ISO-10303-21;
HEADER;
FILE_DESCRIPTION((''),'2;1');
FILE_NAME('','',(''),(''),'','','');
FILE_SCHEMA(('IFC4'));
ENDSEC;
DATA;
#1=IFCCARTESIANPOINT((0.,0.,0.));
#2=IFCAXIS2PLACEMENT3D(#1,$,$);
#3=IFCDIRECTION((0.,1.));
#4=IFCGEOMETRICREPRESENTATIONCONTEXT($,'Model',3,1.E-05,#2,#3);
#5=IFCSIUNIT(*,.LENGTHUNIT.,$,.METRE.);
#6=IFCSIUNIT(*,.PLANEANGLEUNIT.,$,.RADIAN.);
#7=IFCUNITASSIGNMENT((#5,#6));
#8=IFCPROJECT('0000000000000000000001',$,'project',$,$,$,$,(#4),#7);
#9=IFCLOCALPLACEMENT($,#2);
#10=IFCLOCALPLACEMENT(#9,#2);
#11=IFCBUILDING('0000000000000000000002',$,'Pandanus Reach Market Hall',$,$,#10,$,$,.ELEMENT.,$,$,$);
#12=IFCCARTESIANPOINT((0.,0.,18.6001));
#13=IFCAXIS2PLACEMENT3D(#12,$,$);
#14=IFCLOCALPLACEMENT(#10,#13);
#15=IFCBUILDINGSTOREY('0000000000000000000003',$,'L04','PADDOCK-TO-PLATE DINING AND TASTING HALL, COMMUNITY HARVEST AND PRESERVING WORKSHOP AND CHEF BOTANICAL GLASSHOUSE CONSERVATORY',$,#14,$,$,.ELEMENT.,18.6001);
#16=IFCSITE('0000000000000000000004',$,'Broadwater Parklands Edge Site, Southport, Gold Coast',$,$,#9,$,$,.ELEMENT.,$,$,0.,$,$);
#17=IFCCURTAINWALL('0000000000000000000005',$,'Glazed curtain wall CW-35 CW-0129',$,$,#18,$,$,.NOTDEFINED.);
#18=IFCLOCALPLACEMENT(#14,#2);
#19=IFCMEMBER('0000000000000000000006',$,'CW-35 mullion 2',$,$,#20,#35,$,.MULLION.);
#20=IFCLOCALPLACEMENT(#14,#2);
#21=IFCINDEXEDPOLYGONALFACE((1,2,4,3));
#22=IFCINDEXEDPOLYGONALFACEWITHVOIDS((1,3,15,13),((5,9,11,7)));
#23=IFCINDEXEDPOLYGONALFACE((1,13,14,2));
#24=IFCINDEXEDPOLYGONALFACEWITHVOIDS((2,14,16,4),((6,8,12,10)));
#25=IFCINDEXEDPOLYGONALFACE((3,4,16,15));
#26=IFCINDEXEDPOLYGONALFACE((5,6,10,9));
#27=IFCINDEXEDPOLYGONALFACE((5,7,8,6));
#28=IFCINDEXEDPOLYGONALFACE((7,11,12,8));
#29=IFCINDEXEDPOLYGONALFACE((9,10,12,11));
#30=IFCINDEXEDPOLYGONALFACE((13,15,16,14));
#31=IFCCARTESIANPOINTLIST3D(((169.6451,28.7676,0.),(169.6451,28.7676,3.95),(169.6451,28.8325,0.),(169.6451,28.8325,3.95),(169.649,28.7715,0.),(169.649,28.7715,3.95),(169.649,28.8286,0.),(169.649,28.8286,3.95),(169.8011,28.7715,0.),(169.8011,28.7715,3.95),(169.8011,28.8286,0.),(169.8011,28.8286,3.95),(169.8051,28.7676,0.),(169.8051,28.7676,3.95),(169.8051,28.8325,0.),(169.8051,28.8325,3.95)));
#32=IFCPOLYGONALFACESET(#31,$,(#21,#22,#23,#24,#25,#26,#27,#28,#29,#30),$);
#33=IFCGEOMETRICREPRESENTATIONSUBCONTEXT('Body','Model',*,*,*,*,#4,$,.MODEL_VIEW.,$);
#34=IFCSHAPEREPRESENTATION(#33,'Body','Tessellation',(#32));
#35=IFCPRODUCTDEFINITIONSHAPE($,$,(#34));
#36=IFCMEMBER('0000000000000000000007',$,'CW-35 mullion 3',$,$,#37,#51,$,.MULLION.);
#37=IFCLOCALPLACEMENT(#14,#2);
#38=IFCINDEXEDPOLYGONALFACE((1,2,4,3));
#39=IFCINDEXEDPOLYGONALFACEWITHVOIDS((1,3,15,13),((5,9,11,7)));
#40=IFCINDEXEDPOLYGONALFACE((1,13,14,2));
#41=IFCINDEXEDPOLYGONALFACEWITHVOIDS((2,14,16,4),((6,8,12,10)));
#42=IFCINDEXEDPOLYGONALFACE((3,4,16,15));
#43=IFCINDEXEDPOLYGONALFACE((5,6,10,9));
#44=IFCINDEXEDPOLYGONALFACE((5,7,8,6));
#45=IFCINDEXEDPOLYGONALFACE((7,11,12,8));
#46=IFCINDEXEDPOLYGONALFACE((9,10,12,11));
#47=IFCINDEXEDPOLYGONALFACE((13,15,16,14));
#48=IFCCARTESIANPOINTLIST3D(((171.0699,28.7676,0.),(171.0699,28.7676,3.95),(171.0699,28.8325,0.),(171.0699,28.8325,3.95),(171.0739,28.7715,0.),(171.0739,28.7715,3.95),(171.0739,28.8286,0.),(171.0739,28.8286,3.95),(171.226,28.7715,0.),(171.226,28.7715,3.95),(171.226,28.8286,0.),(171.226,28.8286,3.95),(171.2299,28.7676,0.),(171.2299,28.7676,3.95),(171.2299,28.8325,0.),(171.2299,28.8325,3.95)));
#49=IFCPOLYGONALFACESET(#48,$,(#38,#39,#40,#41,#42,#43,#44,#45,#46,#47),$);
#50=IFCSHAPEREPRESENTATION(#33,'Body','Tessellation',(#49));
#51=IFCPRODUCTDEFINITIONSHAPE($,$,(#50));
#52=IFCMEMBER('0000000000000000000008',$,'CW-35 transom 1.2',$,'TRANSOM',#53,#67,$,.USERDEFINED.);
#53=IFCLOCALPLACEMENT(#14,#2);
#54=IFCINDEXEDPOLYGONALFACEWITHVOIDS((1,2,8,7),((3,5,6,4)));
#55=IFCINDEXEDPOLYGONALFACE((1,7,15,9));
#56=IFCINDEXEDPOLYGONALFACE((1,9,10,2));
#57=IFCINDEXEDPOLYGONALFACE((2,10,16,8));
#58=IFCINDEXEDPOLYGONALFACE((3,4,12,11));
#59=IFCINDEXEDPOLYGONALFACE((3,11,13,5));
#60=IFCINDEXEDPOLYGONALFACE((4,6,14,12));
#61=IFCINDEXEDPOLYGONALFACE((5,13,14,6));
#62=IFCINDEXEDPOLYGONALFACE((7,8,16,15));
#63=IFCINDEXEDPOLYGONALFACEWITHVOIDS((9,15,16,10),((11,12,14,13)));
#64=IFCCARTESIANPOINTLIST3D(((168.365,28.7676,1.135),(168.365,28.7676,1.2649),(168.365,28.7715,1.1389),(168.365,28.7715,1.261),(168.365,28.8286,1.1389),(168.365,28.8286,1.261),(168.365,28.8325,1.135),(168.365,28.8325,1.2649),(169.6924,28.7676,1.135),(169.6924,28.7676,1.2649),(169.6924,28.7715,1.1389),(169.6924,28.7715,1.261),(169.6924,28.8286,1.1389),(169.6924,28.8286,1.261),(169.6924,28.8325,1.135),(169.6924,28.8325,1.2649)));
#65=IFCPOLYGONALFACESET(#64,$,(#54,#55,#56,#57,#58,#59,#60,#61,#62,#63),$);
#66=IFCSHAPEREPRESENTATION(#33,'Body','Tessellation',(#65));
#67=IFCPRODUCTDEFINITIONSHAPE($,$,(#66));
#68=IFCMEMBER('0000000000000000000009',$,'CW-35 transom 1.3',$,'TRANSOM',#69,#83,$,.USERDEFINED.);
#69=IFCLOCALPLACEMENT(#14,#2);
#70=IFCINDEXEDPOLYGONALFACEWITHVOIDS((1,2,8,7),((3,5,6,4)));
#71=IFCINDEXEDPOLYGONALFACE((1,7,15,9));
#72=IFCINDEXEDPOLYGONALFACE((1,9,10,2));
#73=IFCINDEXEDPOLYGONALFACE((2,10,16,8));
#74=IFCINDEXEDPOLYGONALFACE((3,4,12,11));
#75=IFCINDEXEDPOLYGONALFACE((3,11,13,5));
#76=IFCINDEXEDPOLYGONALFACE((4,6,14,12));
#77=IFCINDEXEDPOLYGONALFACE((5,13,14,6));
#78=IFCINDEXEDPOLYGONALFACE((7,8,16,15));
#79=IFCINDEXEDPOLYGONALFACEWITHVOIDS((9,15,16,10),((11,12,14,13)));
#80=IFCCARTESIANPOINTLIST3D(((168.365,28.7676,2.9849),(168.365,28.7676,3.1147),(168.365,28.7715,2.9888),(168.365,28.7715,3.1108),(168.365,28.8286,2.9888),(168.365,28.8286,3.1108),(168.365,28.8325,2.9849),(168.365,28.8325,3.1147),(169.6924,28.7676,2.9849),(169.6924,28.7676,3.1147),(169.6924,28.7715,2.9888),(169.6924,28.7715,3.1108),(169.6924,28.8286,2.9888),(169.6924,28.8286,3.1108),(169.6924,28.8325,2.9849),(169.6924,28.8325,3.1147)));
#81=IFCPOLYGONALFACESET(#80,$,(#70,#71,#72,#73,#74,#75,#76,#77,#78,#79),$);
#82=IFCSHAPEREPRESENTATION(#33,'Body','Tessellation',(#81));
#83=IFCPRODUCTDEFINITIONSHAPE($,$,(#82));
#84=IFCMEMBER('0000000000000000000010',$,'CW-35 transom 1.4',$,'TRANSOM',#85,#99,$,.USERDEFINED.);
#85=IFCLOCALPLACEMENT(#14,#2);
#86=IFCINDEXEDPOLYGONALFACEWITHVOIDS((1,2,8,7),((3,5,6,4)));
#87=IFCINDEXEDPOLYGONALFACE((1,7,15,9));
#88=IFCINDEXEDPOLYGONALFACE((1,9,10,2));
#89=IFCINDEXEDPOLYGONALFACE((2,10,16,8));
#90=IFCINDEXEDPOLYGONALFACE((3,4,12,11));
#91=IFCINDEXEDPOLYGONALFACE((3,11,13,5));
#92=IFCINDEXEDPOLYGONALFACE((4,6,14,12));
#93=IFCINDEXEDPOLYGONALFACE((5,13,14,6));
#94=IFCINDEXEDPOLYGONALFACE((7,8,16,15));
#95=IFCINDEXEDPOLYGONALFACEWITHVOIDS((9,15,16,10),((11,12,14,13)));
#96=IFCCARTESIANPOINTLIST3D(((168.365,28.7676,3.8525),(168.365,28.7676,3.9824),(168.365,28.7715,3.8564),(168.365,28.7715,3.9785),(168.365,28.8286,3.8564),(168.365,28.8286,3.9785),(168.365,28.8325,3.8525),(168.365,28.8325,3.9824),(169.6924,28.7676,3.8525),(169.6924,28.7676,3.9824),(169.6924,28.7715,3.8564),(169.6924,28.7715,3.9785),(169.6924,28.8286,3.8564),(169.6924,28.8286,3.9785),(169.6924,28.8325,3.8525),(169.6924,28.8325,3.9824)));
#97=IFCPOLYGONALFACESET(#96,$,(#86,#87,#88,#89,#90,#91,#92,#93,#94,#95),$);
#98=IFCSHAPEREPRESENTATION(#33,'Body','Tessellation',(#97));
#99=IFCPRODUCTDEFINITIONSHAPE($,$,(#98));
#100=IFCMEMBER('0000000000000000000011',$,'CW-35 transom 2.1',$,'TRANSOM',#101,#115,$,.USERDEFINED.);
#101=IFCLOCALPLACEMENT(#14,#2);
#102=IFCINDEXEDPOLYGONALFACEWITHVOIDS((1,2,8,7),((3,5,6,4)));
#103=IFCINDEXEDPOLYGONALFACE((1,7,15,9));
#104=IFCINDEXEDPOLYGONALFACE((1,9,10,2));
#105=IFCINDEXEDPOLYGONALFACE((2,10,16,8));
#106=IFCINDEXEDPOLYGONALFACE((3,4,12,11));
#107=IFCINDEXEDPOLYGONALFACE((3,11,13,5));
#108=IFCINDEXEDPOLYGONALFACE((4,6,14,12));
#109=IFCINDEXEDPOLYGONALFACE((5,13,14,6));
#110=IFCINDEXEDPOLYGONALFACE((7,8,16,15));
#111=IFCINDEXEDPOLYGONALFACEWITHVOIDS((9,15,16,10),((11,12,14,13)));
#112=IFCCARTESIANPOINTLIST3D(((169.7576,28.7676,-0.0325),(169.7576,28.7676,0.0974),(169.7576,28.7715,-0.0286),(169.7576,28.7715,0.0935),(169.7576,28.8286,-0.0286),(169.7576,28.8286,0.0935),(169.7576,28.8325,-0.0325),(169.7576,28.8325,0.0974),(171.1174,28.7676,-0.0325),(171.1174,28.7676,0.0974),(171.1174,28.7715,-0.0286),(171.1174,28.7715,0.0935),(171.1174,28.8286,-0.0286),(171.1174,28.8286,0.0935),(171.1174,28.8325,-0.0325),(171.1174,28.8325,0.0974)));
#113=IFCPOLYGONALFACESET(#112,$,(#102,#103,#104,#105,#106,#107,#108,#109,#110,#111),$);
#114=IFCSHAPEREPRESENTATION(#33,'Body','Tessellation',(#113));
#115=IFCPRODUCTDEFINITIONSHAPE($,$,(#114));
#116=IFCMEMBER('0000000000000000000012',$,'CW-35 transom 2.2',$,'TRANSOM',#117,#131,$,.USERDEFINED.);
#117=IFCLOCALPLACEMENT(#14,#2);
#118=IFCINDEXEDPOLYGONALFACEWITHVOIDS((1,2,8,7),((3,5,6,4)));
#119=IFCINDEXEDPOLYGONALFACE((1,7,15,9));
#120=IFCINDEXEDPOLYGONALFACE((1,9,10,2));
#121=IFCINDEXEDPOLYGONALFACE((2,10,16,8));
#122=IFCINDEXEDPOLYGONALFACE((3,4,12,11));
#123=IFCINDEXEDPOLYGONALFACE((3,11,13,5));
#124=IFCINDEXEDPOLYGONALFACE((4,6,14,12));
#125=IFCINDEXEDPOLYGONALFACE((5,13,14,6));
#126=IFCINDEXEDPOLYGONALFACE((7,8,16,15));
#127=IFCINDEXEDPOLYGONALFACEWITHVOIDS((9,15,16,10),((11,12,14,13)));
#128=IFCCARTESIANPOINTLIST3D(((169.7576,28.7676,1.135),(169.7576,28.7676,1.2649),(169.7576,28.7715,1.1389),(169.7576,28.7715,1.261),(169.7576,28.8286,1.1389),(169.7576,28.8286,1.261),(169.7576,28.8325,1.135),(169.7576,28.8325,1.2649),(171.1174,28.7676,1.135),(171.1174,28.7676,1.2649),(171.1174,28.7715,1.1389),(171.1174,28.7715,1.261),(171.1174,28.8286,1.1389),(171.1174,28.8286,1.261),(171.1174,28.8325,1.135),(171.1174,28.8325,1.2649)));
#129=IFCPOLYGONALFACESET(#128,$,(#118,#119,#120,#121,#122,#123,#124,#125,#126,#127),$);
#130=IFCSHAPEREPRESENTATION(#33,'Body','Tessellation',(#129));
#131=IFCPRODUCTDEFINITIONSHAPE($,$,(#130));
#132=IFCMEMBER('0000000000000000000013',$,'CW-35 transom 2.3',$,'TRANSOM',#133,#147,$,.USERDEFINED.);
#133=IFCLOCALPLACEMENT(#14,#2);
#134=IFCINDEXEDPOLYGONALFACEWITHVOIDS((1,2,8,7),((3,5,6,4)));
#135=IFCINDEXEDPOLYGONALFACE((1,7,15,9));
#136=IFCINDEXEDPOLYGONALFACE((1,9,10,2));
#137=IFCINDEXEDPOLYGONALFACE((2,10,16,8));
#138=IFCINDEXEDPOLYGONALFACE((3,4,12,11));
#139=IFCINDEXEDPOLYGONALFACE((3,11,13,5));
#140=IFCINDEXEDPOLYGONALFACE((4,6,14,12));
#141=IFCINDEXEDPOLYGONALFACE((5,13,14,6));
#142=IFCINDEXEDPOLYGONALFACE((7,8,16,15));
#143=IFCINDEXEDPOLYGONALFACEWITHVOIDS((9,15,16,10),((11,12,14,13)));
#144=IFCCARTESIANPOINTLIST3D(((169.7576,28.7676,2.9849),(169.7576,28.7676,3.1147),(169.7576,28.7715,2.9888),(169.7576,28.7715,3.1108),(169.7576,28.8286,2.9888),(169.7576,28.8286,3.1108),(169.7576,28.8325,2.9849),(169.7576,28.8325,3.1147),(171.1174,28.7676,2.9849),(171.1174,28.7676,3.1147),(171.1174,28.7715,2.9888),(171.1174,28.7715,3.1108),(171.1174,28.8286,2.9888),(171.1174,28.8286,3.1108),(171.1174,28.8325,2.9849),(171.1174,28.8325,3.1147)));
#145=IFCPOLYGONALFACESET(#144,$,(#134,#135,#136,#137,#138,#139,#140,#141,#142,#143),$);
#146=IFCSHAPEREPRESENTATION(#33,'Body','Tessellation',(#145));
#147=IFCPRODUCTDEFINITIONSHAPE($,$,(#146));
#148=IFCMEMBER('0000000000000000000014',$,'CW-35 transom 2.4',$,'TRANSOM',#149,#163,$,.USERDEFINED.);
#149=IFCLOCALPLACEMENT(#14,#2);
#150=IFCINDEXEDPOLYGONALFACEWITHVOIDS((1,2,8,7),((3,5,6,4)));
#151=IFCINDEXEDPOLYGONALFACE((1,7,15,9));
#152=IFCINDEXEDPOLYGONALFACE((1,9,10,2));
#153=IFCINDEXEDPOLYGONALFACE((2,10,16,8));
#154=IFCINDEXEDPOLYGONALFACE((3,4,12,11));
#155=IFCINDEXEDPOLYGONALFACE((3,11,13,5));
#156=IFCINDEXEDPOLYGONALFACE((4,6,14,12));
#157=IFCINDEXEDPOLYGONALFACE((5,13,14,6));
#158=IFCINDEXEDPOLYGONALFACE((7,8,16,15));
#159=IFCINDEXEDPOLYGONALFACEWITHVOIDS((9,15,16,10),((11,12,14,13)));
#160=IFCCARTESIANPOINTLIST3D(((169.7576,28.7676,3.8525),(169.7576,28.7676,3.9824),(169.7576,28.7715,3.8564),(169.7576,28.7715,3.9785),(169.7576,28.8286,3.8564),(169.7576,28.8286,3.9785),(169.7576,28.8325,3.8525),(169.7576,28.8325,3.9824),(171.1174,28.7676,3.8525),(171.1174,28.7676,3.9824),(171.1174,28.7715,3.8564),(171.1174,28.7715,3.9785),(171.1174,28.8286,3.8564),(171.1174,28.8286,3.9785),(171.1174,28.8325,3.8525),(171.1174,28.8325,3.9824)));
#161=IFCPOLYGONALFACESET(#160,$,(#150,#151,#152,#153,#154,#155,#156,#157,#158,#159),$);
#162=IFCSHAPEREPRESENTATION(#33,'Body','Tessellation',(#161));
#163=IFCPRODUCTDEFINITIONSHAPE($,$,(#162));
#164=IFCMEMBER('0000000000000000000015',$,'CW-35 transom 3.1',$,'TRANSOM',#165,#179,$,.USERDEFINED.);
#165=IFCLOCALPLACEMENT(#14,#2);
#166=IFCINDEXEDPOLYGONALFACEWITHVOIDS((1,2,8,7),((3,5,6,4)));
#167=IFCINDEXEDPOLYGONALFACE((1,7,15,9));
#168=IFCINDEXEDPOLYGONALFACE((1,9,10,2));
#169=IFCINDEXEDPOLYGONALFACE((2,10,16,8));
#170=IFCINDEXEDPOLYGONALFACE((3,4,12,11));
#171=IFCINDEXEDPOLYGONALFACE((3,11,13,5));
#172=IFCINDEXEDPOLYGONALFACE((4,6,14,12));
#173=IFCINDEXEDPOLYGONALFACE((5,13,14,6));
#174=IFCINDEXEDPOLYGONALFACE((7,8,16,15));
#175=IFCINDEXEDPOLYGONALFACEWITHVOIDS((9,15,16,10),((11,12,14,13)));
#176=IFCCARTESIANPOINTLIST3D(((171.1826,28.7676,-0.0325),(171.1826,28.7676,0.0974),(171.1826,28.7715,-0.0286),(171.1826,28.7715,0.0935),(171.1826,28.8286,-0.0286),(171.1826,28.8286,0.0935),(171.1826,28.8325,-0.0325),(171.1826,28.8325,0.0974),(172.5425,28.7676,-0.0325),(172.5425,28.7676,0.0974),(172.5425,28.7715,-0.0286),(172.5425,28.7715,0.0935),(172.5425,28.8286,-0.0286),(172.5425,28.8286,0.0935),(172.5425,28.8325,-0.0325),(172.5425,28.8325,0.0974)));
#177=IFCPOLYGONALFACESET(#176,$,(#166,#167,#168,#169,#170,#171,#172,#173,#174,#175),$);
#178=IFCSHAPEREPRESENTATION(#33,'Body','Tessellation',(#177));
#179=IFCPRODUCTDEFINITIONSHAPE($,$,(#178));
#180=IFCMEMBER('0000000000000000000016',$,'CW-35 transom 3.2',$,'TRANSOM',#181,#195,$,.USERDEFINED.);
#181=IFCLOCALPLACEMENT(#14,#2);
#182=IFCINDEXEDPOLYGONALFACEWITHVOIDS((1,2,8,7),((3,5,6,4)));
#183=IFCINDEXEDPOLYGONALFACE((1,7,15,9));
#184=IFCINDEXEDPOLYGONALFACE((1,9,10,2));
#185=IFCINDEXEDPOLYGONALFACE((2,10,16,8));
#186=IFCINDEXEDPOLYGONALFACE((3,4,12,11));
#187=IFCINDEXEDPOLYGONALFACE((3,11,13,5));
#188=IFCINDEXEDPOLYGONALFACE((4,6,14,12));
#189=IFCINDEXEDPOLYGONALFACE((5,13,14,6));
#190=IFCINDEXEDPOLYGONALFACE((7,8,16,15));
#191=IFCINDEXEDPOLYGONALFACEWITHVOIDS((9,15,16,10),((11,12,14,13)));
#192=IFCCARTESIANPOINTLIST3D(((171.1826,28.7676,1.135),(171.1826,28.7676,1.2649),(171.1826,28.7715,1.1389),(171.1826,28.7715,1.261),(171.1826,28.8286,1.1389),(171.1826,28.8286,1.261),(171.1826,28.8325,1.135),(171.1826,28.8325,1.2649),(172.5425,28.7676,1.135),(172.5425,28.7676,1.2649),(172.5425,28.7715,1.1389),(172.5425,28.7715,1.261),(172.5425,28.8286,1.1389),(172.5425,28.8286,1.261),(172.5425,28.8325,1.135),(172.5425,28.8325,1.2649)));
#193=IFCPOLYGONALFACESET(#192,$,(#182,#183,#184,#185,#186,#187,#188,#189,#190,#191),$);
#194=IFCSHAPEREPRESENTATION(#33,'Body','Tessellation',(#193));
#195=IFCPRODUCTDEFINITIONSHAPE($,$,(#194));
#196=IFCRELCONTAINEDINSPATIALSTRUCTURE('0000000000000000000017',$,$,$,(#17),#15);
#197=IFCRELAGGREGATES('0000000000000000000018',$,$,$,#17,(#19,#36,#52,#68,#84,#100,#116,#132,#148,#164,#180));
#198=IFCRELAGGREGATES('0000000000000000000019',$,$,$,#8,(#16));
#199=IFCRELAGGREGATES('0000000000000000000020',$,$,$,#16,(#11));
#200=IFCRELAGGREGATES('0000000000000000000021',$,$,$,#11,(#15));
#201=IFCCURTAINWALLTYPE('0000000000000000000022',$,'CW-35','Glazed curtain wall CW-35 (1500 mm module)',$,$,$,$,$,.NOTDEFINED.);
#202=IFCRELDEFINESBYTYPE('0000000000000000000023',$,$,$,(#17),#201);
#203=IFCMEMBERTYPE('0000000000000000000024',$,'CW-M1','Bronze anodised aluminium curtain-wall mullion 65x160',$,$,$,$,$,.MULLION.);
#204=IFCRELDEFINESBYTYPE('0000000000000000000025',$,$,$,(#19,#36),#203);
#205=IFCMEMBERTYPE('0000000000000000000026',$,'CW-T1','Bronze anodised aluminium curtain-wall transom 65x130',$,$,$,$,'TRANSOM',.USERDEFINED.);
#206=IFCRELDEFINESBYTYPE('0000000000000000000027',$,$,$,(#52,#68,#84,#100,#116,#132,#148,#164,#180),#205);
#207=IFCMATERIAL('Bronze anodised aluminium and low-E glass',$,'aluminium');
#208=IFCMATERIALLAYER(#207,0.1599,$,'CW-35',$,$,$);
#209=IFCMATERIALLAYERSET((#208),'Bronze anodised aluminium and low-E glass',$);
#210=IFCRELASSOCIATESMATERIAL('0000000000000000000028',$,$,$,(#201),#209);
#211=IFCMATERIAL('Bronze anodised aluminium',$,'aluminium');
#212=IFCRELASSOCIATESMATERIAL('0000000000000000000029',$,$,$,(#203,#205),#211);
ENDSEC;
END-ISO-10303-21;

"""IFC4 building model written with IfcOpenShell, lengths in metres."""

from ifc_helpers import new_model, si_unit, direction, frame, origin, origin_2d, place, context, subcontext, project, spatial, hollow_rectangle, extrude, material, layer, layer_set, material_profile, profile_set, type_object, element, aggregate, save


model = new_model("IFC4")

# Units and contexts
model_context = context("Model", 3, precision=1e-05, world=origin(), true_north=direction((0.0, 1.0)))
body_context = subcontext(model_context, "Body", "Model", "MODEL_VIEW")
ifc_project = project(units=[si_unit("LENGTHUNIT", "METRE"), si_unit("PLANEANGLEUNIT", "RADIAN")], contexts=[model_context])

# Site, building, storey
site_placement = place(None, origin())
site = spatial("IfcSite", under=ifc_project, at=site_placement, Name="Broadwater Parklands Edge Site, Southport, Gold Coast", CompositionType="ELEMENT", RefElevation=0.0)
building_placement = place(site_placement, origin())
building = spatial("IfcBuilding", under=site, at=building_placement, Name="Pandanus Reach Market Hall", CompositionType="ELEMENT")
storey_placement = place(building_placement, frame((0.0, 0.0, 18.6001)))
storey = spatial("IfcBuildingStorey", under=building, at=storey_placement, Name="L04", Description="PADDOCK-TO-PLATE DINING AND TASTING HALL, COMMUNITY HARVEST AND PRESERVING WORKSHOP AND CHEF BOTANICAL GLASSHOUSE CONSERVATORY", CompositionType="ELEMENT", Elevation=18.6001)

# Curtain wall, members
ifc_material_1 = material(Name="Bronze anodised aluminium and low-E glass", Category="aluminium")
ifc_layer_1 = layer(ifc_material_1, 0.1599, Name="CW-35")
ifc_layer_set_1 = layer_set([ifc_layer_1], Name="Bronze anodised aluminium and low-E glass")
curtain_wall_type = type_object("IfcCurtainWallType", Name="CW-35", Description="Glazed curtain wall CW-35 (1500 mm module)", PredefinedType="NOTDEFINED", material=ifc_layer_set_1)
curtain_wall_placement = place(storey_placement, origin())
curtain_wall = element("IfcCurtainWall", 1, at=curtain_wall_placement, inside=storey, type_object=curtain_wall_type, Name="Glazed curtain wall CW-35 CW-0129", PredefinedType="NOTDEFINED")
ifc_material_2 = material(Name="Bronze anodised aluminium", Category="aluminium")
ifc_material_profile_1 = material_profile(ifc_material_2, hollow_rectangle(XDim=0.0649, YDim=0.1599, WallThickness=0.0039, at=origin_2d()), Name="ALU65x160", Category="LoadBearing")
ifc_profile_set_1 = profile_set([ifc_material_profile_1], Name="Bronze anodised aluminium")
member_type_1 = type_object("IfcMemberType", Name="CW-M1", Description="Bronze anodised aluminium curtain-wall mullion 65x160", PredefinedType="MULLION", material=ifc_profile_set_1)
member_1_placement = place(storey_placement, frame((169.7251, 28.8, 0.0), z_axis=(0.0, 0.0, 1.0), x_axis=(0.0, 1.0, 0.0)))
member_1 = element("IfcMember", 2, at=member_1_placement, type_object=member_type_1, Name="CW-35 mullion 2", PredefinedType="MULLION", context=body_context, shape_type="SweptSolid", body=[
    extrude(hollow_rectangle(XDim=0.0649, YDim=0.1599, WallThickness=0.0039, at=origin_2d()), origin(), (0.0, 0.0, 1.0), 3.95),
])
member_2_placement = place(storey_placement, frame((171.1499, 28.8, 0.0), z_axis=(0.0, 0.0, 1.0), x_axis=(0.0, 1.0, 0.0)))
member_2 = element("IfcMember", 3, at=member_2_placement, type_object=member_type_1, Name="CW-35 mullion 3", PredefinedType="MULLION", context=body_context, shape_type="SweptSolid", body=[
    extrude(hollow_rectangle(XDim=0.0649, YDim=0.1599, WallThickness=0.0039, at=origin_2d()), origin(), (0.0, 0.0, 1.0), 3.95),
])
ifc_material_profile_2 = material_profile(ifc_material_2, hollow_rectangle(XDim=0.0649, YDim=0.1299, WallThickness=0.0039, at=origin_2d()), Name="ALU65x130", Category="LoadBearing")
ifc_profile_set_2 = profile_set([ifc_material_profile_2], Name="Bronze anodised aluminium")
member_type_2 = type_object("IfcMemberType", Name="CW-T1", Description="Bronze anodised aluminium curtain-wall transom 65x130", ElementType="TRANSOM", PredefinedType="USERDEFINED", material=ifc_profile_set_2)
member_3_placement = place(storey_placement, frame((168.365, 28.8, 1.2), z_axis=(1.0, 0.0, 0.0), x_axis=(0.0, 1.0, 0.0)))
member_3 = element("IfcMember", 4, at=member_3_placement, type_object=member_type_2, Name="CW-35 transom 1.2", ObjectType="TRANSOM", PredefinedType="USERDEFINED", context=body_context, shape_type="SweptSolid", body=[
    extrude(hollow_rectangle(XDim=0.0649, YDim=0.1299, WallThickness=0.0039, at=origin_2d()), origin(), (0.0, 0.0, 1.0), 1.3274),
])
member_4_placement = place(storey_placement, frame((168.365, 28.8, 3.0498), z_axis=(1.0, 0.0, 0.0), x_axis=(0.0, 1.0, 0.0)))
member_4 = element("IfcMember", 5, at=member_4_placement, type_object=member_type_2, Name="CW-35 transom 1.3", ObjectType="TRANSOM", PredefinedType="USERDEFINED", context=body_context, shape_type="SweptSolid", body=[
    extrude(hollow_rectangle(XDim=0.0649, YDim=0.1299, WallThickness=0.0039, at=origin_2d()), origin(), (0.0, 0.0, 1.0), 1.3274),
])
member_5_placement = place(storey_placement, frame((168.365, 28.8, 3.9175), z_axis=(1.0, 0.0, 0.0), x_axis=(0.0, 1.0, 0.0)))
member_5 = element("IfcMember", 6, at=member_5_placement, type_object=member_type_2, Name="CW-35 transom 1.4", ObjectType="TRANSOM", PredefinedType="USERDEFINED", context=body_context, shape_type="SweptSolid", body=[
    extrude(hollow_rectangle(XDim=0.0649, YDim=0.1299, WallThickness=0.0039, at=origin_2d()), origin(), (0.0, 0.0, 1.0), 1.3274),
])
member_6_placement = place(storey_placement, frame((169.7576, 28.8, 0.0325), z_axis=(1.0, 0.0, 0.0), x_axis=(0.0, 1.0, 0.0)))
member_6 = element("IfcMember", 7, at=member_6_placement, type_object=member_type_2, Name="CW-35 transom 2.1", ObjectType="TRANSOM", PredefinedType="USERDEFINED", context=body_context, shape_type="SweptSolid", body=[
    extrude(hollow_rectangle(XDim=0.0649, YDim=0.1299, WallThickness=0.0039, at=origin_2d()), origin(), (0.0, 0.0, 1.0), 1.3599),
])
member_7_placement = place(storey_placement, frame((169.7576, 28.8, 1.2), z_axis=(1.0, 0.0, 0.0), x_axis=(0.0, 1.0, 0.0)))
member_7 = element("IfcMember", 8, at=member_7_placement, type_object=member_type_2, Name="CW-35 transom 2.2", ObjectType="TRANSOM", PredefinedType="USERDEFINED", context=body_context, shape_type="SweptSolid", body=[
    extrude(hollow_rectangle(XDim=0.0649, YDim=0.1299, WallThickness=0.0039, at=origin_2d()), origin(), (0.0, 0.0, 1.0), 1.3599),
])
member_8_placement = place(storey_placement, frame((169.7576, 28.8, 3.0498), z_axis=(1.0, 0.0, 0.0), x_axis=(0.0, 1.0, 0.0)))
member_8 = element("IfcMember", 9, at=member_8_placement, type_object=member_type_2, Name="CW-35 transom 2.3", ObjectType="TRANSOM", PredefinedType="USERDEFINED", context=body_context, shape_type="SweptSolid", body=[
    extrude(hollow_rectangle(XDim=0.0649, YDim=0.1299, WallThickness=0.0039, at=origin_2d()), origin(), (0.0, 0.0, 1.0), 1.3599),
])
member_9_placement = place(storey_placement, frame((169.7576, 28.8, 3.9175), z_axis=(1.0, 0.0, 0.0), x_axis=(0.0, 1.0, 0.0)))
member_9 = element("IfcMember", 10, at=member_9_placement, type_object=member_type_2, Name="CW-35 transom 2.4", ObjectType="TRANSOM", PredefinedType="USERDEFINED", context=body_context, shape_type="SweptSolid", body=[
    extrude(hollow_rectangle(XDim=0.0649, YDim=0.1299, WallThickness=0.0039, at=origin_2d()), origin(), (0.0, 0.0, 1.0), 1.3599),
])
member_10_placement = place(storey_placement, frame((171.1826, 28.8, 0.0325), z_axis=(1.0, 0.0, 0.0), x_axis=(0.0, 1.0, 0.0)))
member_10 = element("IfcMember", 11, at=member_10_placement, type_object=member_type_2, Name="CW-35 transom 3.1", ObjectType="TRANSOM", PredefinedType="USERDEFINED", context=body_context, shape_type="SweptSolid", body=[
    extrude(hollow_rectangle(XDim=0.0649, YDim=0.1299, WallThickness=0.0039, at=origin_2d()), origin(), (0.0, 0.0, 1.0), 1.3599),
])
member_11_placement = place(storey_placement, frame((171.1826, 28.8, 1.2), z_axis=(1.0, 0.0, 0.0), x_axis=(0.0, 1.0, 0.0)))
member_11 = element("IfcMember", 12, at=member_11_placement, type_object=member_type_2, Name="CW-35 transom 3.2", ObjectType="TRANSOM", PredefinedType="USERDEFINED", context=body_context, shape_type="SweptSolid", body=[
    extrude(hollow_rectangle(XDim=0.0649, YDim=0.1299, WallThickness=0.0039, at=origin_2d()), origin(), (0.0, 0.0, 1.0), 1.3599),
])
aggregate(curtain_wall, [member_1, member_2, member_3, member_4, member_5, member_6, member_7, member_8, member_9, member_10, member_11])

save(model, "model.ifc")
